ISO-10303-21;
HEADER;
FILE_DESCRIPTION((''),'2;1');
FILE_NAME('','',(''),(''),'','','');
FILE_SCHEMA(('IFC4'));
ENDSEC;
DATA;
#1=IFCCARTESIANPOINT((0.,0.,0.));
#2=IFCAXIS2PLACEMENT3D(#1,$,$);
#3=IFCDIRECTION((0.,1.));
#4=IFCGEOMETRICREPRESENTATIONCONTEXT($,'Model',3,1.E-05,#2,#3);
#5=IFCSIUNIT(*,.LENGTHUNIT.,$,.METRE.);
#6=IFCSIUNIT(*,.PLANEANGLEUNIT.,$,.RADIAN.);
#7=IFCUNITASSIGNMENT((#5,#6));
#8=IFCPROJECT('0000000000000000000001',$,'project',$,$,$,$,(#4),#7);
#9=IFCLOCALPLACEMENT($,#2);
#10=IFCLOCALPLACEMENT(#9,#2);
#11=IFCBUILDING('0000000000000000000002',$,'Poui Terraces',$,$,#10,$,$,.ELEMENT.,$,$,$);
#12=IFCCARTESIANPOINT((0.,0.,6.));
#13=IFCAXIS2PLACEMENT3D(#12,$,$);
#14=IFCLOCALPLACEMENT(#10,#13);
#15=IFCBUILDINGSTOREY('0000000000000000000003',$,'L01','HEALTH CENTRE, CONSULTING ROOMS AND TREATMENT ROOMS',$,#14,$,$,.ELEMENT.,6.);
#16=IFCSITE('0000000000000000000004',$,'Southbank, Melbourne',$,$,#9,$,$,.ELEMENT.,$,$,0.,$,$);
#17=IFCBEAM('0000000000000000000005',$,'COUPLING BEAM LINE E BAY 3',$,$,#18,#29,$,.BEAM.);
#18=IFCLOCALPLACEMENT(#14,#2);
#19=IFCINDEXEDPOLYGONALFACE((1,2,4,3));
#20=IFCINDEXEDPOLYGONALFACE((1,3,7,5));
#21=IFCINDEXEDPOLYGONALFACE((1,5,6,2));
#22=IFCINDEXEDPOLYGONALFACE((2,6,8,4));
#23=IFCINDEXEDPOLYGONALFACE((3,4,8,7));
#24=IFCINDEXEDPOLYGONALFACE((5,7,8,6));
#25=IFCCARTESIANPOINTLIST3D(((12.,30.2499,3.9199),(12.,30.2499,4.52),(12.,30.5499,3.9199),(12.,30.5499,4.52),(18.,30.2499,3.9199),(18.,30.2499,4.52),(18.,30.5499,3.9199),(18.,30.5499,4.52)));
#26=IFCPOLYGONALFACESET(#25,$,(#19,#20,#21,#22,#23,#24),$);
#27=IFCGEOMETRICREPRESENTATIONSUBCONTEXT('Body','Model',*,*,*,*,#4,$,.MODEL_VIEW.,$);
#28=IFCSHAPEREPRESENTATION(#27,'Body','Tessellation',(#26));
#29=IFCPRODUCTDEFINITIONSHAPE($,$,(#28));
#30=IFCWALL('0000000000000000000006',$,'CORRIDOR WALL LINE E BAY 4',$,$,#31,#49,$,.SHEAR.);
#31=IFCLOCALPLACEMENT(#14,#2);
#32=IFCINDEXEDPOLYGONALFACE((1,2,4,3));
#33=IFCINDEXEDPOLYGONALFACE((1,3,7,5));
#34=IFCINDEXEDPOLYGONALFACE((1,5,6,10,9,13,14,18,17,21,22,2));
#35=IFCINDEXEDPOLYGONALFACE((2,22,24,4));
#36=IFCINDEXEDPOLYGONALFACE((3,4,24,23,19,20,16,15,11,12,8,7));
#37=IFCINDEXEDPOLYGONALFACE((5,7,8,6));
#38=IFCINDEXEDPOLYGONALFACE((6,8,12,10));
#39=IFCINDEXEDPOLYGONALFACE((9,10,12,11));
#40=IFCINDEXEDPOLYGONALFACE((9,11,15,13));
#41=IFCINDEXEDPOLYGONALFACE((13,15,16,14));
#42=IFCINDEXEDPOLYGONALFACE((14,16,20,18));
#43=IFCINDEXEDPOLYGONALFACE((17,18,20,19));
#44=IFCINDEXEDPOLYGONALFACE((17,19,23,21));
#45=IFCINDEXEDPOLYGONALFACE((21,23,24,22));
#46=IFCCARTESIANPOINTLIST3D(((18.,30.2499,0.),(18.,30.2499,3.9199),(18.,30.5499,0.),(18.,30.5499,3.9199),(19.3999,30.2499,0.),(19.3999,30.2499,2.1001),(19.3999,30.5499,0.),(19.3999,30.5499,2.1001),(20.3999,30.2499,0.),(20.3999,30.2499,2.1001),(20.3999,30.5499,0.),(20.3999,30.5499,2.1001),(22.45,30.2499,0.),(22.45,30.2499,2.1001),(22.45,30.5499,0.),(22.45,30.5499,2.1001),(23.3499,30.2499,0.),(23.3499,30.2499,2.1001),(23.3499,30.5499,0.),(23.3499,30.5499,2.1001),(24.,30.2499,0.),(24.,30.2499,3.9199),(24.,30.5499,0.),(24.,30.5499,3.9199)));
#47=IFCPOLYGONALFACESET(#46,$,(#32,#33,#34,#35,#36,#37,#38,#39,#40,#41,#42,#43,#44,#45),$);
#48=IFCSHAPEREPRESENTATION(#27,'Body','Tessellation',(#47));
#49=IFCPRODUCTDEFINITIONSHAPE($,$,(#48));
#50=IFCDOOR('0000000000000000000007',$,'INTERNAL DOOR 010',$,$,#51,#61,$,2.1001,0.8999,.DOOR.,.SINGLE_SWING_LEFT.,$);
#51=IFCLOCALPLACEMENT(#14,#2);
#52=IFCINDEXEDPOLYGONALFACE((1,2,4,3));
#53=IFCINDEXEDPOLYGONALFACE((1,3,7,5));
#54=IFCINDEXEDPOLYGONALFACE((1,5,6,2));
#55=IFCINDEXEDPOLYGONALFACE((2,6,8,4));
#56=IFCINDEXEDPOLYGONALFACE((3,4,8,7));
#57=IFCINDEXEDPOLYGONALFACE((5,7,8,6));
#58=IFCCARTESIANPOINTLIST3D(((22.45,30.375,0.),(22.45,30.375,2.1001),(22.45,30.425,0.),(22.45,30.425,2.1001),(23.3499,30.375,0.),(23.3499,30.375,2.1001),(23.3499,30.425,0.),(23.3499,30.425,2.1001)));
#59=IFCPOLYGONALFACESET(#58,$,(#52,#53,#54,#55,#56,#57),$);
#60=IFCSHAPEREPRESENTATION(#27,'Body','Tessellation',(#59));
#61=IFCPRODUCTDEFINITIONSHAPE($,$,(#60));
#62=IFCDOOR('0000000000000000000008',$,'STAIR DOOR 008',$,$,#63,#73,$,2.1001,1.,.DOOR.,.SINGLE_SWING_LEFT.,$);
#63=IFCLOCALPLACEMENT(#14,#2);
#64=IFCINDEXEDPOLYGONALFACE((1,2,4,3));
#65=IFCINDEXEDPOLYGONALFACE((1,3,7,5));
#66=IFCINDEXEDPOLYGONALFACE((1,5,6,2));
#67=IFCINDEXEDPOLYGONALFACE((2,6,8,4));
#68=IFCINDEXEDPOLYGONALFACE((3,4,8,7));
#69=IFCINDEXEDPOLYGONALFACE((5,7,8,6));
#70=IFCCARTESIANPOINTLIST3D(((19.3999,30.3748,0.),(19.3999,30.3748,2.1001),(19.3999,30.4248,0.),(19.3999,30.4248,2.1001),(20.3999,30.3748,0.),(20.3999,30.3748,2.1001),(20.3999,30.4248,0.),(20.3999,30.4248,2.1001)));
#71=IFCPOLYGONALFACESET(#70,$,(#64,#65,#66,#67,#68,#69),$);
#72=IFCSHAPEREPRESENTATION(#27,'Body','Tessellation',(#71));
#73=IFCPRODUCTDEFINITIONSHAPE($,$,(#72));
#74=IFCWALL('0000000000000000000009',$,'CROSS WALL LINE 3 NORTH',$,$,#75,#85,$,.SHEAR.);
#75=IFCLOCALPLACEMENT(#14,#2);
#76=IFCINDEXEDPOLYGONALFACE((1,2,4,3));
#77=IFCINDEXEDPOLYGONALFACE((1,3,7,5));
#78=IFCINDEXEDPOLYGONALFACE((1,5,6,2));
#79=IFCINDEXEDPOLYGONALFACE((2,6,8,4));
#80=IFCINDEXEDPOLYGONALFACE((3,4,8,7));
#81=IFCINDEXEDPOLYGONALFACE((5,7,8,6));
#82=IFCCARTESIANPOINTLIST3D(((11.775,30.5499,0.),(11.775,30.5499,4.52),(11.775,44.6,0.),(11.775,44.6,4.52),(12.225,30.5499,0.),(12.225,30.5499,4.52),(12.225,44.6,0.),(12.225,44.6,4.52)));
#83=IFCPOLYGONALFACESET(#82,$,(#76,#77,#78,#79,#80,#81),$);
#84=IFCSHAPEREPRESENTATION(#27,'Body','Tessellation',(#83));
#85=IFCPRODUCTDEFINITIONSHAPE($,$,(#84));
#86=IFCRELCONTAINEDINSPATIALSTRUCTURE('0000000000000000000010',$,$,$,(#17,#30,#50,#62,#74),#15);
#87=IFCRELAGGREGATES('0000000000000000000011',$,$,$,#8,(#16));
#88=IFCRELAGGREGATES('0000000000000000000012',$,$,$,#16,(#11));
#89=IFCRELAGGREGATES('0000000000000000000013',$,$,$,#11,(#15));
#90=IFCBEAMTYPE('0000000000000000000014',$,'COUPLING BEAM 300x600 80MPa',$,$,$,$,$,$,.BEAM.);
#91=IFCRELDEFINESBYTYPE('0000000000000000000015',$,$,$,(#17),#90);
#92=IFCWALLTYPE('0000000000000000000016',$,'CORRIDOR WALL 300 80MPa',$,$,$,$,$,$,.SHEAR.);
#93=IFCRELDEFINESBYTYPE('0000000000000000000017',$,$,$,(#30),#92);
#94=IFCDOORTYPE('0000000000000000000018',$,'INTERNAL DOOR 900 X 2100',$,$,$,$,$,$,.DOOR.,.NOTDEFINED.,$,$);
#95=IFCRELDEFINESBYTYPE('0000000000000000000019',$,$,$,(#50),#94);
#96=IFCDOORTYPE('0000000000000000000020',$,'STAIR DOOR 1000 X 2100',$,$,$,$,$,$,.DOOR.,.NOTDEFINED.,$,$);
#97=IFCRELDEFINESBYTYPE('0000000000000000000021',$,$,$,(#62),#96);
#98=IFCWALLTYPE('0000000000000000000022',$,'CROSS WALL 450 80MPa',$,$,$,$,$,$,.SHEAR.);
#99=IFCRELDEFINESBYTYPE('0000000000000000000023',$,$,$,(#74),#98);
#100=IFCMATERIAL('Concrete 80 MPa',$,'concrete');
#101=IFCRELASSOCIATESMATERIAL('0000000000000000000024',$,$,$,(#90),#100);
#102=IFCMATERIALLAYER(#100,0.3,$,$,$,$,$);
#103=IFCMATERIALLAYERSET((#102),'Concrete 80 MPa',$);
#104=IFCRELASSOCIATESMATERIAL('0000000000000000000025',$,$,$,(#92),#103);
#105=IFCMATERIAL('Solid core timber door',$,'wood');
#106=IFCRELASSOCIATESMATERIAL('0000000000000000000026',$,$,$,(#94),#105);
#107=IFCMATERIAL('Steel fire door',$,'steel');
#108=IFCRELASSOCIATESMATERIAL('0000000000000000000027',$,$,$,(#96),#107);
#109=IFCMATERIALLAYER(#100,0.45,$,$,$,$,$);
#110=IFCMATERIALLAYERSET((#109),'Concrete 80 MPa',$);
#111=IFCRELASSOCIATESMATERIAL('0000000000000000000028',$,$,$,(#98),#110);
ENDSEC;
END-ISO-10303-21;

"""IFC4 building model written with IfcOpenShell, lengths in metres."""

from ifc_helpers import new_model, si_unit, direction, frame, frame_2d, origin, origin_2d, place, context, subcontext, project, spatial, rectangle, extrude, source, transform, mapped, material, layer, layer_set, material_profile, profile_set, type_object, element, fill, save


model = new_model("IFC4")

# Units and contexts
model_context = context("Model", 3, precision=1e-05, world=origin(), true_north=direction((0.0, 1.0)))
body_context = subcontext(model_context, "Body", "Model", "MODEL_VIEW")
ifc_project = project(units=[si_unit("LENGTHUNIT", "METRE"), si_unit("PLANEANGLEUNIT", "RADIAN")], contexts=[model_context])

# Site, building, storey
site_placement = place(None, origin())
site = spatial("IfcSite", under=ifc_project, at=site_placement, Name="Southbank, Melbourne", CompositionType="ELEMENT", RefElevation=0.0)
building_placement = place(site_placement, origin())
building = spatial("IfcBuilding", under=site, at=building_placement, Name="Poui Terraces", CompositionType="ELEMENT")
storey_placement = place(building_placement, frame((0.0, 0.0, 6.0)))
storey = spatial("IfcBuildingStorey", under=building, at=storey_placement, Name="L01", Description="HEALTH CENTRE, CONSULTING ROOMS AND TREATMENT ROOMS", CompositionType="ELEMENT", Elevation=6.0)

# Beam
ifc_material_1 = material(Name="Concrete 80 MPa", Category="concrete")
ifc_material_profile = material_profile(ifc_material_1, rectangle(XDim=0.3, YDim=0.6001, at=origin_2d()), Name="RC 300x600")
ifc_profile_set = profile_set([ifc_material_profile], Name="Concrete 80 MPa")
beam_type = type_object("IfcBeamType", Name="COUPLING BEAM 300x600 80MPa", PredefinedType="BEAM", material=ifc_profile_set)
shared_shape = source(origin(), body_context, "Body", "SweptSolid", [
    extrude(rectangle(XDim=0.3, YDim=0.6001, at=origin_2d()), origin(), (0.0, 0.0, 1.0), 6.0),
])
beam_placement = place(storey_placement, frame((12.0, 30.3999, 4.22), z_axis=(1.0, 0.0, 0.0), x_axis=(0.0, 1.0, 0.0)))
element("IfcBeam", 1, at=beam_placement, inside=storey, type_object=beam_type, Name="COUPLING BEAM LINE E BAY 3", PredefinedType="BEAM", context=body_context, shape_type="MappedRepresentation", body=[
    mapped(shared_shape, transform((0.0, 0.0, 0.0))),
])

# Wall, openings, doors
ifc_layer_1 = layer(ifc_material_1, 0.3)
ifc_layer_set_1 = layer_set([ifc_layer_1], Name="Concrete 80 MPa")
wall_type_1 = type_object("IfcWallType", Name="CORRIDOR WALL 300 80MPa", PredefinedType="SHEAR", material=ifc_layer_set_1)
wall_1_placement = place(storey_placement, frame((18.0, 30.3999, 0.0), z_axis=(0.0, 0.0, 1.0), x_axis=(1.0, 0.0, 0.0)))
wall_1 = element("IfcWall", 2, at=wall_1_placement, inside=storey, type_object=wall_type_1, Name="CORRIDOR WALL LINE E BAY 4", PredefinedType="SHEAR", context=body_context, shape_type="SweptSolid", body=[
    extrude(rectangle(XDim=6.0, YDim=0.3, at=frame_2d((3.0, 0.0))), origin(), (0.0, 0.0, 1.0), 3.9199),
])
opening_1_placement = place(wall_1_placement, frame((1.3999, 0.0, 0.0)))
opening_1 = element("IfcOpeningElement", 3, at=opening_1_placement, cuts=wall_1, PredefinedType="OPENING", context=body_context, shape_type="SweptSolid", body=[
    extrude(rectangle(XDim=1.0, YDim=2.1001, at=frame_2d((0.5, 1.05))), frame((0.0, 0.1602, 0.0), z_axis=(0.0, -1.0, 0.0), x_axis=(1.0, 0.0, 0.0)), (0.0, 0.0, 1.0), 0.3201),
])
opening_2_placement = place(wall_1_placement, frame((4.45, 0.0, 0.0)))
opening_2 = element("IfcOpeningElement", 4, at=opening_2_placement, cuts=wall_1, PredefinedType="OPENING", context=body_context, shape_type="SweptSolid", body=[
    extrude(rectangle(XDim=0.8999, YDim=2.1001, at=frame_2d((0.45, 1.05))), frame((0.0, 0.1602, 0.0), z_axis=(0.0, -1.0, 0.0), x_axis=(1.0, 0.0, 0.0)), (0.0, 0.0, 1.0), 0.3201),
])
ifc_material_2 = material(Name="Solid core timber door", Category="wood")
door_type_1 = type_object("IfcDoorType", Name="INTERNAL DOOR 900 X 2100", OperationType="NOTDEFINED", PredefinedType="DOOR", material=ifc_material_2)
door_1_placement = place(opening_2_placement, frame((0.8999, 0.0, 0.0), z_axis=(0.0, 0.0, 1.0), x_axis=(-1.0, 0.0, 0.0)))
door_1 = element("IfcDoor", 5, at=door_1_placement, inside=storey, type_object=door_type_1, Name="INTERNAL DOOR 010", OperationType="SINGLE_SWING_LEFT", OverallHeight=2.1001, OverallWidth=0.8999, PredefinedType="DOOR", context=body_context, shape_type="SweptSolid", body=[
    extrude(rectangle(XDim=0.8999, YDim=2.1001, at=frame_2d((0.45, 1.05))), frame((0.0, 0.0249, 0.0), z_axis=(0.0, -1.0, 0.0), x_axis=(1.0, 0.0, 0.0)), (0.0, 0.0, 1.0), 0.05),
])
fill(opening_2, door_1)
ifc_material_3 = material(Name="Steel fire door", Category="steel")
door_type_2 = type_object("IfcDoorType", Name="STAIR DOOR 1000 X 2100", OperationType="NOTDEFINED", PredefinedType="DOOR", material=ifc_material_3)
door_2_placement = place(opening_1_placement, origin())
door_2 = element("IfcDoor", 6, at=door_2_placement, inside=storey, type_object=door_type_2, Name="STAIR DOOR 008", OperationType="SINGLE_SWING_LEFT", OverallHeight=2.1001, OverallWidth=1.0, PredefinedType="DOOR", context=body_context, shape_type="SweptSolid", body=[
    extrude(rectangle(XDim=1.0, YDim=2.1001, at=frame_2d((0.5, 1.05))), frame((0.0, 0.0249, 0.0), z_axis=(0.0, -1.0, 0.0), x_axis=(1.0, 0.0, 0.0)), (0.0, 0.0, 1.0), 0.05),
])
fill(opening_1, door_2)

# Wall
ifc_layer_2 = layer(ifc_material_1, 0.45)
ifc_layer_set_2 = layer_set([ifc_layer_2], Name="Concrete 80 MPa")
wall_type_2 = type_object("IfcWallType", Name="CROSS WALL 450 80MPa", PredefinedType="SHEAR", material=ifc_layer_set_2)
wall_2_placement = place(storey_placement, frame((12.0, 30.55, 0.0), z_axis=(0.0, 0.0, 1.0), x_axis=(0.0, 1.0, 0.0)))
element("IfcWall", 7, at=wall_2_placement, inside=storey, type_object=wall_type_2, Name="CROSS WALL LINE 3 NORTH", PredefinedType="SHEAR", context=body_context, shape_type="SweptSolid", body=[
    extrude(rectangle(XDim=14.05, YDim=0.45, at=frame_2d((7.0249, 0.0))), origin(), (0.0, 0.0, 1.0), 4.52),
])

save(model, "model.ifc")
